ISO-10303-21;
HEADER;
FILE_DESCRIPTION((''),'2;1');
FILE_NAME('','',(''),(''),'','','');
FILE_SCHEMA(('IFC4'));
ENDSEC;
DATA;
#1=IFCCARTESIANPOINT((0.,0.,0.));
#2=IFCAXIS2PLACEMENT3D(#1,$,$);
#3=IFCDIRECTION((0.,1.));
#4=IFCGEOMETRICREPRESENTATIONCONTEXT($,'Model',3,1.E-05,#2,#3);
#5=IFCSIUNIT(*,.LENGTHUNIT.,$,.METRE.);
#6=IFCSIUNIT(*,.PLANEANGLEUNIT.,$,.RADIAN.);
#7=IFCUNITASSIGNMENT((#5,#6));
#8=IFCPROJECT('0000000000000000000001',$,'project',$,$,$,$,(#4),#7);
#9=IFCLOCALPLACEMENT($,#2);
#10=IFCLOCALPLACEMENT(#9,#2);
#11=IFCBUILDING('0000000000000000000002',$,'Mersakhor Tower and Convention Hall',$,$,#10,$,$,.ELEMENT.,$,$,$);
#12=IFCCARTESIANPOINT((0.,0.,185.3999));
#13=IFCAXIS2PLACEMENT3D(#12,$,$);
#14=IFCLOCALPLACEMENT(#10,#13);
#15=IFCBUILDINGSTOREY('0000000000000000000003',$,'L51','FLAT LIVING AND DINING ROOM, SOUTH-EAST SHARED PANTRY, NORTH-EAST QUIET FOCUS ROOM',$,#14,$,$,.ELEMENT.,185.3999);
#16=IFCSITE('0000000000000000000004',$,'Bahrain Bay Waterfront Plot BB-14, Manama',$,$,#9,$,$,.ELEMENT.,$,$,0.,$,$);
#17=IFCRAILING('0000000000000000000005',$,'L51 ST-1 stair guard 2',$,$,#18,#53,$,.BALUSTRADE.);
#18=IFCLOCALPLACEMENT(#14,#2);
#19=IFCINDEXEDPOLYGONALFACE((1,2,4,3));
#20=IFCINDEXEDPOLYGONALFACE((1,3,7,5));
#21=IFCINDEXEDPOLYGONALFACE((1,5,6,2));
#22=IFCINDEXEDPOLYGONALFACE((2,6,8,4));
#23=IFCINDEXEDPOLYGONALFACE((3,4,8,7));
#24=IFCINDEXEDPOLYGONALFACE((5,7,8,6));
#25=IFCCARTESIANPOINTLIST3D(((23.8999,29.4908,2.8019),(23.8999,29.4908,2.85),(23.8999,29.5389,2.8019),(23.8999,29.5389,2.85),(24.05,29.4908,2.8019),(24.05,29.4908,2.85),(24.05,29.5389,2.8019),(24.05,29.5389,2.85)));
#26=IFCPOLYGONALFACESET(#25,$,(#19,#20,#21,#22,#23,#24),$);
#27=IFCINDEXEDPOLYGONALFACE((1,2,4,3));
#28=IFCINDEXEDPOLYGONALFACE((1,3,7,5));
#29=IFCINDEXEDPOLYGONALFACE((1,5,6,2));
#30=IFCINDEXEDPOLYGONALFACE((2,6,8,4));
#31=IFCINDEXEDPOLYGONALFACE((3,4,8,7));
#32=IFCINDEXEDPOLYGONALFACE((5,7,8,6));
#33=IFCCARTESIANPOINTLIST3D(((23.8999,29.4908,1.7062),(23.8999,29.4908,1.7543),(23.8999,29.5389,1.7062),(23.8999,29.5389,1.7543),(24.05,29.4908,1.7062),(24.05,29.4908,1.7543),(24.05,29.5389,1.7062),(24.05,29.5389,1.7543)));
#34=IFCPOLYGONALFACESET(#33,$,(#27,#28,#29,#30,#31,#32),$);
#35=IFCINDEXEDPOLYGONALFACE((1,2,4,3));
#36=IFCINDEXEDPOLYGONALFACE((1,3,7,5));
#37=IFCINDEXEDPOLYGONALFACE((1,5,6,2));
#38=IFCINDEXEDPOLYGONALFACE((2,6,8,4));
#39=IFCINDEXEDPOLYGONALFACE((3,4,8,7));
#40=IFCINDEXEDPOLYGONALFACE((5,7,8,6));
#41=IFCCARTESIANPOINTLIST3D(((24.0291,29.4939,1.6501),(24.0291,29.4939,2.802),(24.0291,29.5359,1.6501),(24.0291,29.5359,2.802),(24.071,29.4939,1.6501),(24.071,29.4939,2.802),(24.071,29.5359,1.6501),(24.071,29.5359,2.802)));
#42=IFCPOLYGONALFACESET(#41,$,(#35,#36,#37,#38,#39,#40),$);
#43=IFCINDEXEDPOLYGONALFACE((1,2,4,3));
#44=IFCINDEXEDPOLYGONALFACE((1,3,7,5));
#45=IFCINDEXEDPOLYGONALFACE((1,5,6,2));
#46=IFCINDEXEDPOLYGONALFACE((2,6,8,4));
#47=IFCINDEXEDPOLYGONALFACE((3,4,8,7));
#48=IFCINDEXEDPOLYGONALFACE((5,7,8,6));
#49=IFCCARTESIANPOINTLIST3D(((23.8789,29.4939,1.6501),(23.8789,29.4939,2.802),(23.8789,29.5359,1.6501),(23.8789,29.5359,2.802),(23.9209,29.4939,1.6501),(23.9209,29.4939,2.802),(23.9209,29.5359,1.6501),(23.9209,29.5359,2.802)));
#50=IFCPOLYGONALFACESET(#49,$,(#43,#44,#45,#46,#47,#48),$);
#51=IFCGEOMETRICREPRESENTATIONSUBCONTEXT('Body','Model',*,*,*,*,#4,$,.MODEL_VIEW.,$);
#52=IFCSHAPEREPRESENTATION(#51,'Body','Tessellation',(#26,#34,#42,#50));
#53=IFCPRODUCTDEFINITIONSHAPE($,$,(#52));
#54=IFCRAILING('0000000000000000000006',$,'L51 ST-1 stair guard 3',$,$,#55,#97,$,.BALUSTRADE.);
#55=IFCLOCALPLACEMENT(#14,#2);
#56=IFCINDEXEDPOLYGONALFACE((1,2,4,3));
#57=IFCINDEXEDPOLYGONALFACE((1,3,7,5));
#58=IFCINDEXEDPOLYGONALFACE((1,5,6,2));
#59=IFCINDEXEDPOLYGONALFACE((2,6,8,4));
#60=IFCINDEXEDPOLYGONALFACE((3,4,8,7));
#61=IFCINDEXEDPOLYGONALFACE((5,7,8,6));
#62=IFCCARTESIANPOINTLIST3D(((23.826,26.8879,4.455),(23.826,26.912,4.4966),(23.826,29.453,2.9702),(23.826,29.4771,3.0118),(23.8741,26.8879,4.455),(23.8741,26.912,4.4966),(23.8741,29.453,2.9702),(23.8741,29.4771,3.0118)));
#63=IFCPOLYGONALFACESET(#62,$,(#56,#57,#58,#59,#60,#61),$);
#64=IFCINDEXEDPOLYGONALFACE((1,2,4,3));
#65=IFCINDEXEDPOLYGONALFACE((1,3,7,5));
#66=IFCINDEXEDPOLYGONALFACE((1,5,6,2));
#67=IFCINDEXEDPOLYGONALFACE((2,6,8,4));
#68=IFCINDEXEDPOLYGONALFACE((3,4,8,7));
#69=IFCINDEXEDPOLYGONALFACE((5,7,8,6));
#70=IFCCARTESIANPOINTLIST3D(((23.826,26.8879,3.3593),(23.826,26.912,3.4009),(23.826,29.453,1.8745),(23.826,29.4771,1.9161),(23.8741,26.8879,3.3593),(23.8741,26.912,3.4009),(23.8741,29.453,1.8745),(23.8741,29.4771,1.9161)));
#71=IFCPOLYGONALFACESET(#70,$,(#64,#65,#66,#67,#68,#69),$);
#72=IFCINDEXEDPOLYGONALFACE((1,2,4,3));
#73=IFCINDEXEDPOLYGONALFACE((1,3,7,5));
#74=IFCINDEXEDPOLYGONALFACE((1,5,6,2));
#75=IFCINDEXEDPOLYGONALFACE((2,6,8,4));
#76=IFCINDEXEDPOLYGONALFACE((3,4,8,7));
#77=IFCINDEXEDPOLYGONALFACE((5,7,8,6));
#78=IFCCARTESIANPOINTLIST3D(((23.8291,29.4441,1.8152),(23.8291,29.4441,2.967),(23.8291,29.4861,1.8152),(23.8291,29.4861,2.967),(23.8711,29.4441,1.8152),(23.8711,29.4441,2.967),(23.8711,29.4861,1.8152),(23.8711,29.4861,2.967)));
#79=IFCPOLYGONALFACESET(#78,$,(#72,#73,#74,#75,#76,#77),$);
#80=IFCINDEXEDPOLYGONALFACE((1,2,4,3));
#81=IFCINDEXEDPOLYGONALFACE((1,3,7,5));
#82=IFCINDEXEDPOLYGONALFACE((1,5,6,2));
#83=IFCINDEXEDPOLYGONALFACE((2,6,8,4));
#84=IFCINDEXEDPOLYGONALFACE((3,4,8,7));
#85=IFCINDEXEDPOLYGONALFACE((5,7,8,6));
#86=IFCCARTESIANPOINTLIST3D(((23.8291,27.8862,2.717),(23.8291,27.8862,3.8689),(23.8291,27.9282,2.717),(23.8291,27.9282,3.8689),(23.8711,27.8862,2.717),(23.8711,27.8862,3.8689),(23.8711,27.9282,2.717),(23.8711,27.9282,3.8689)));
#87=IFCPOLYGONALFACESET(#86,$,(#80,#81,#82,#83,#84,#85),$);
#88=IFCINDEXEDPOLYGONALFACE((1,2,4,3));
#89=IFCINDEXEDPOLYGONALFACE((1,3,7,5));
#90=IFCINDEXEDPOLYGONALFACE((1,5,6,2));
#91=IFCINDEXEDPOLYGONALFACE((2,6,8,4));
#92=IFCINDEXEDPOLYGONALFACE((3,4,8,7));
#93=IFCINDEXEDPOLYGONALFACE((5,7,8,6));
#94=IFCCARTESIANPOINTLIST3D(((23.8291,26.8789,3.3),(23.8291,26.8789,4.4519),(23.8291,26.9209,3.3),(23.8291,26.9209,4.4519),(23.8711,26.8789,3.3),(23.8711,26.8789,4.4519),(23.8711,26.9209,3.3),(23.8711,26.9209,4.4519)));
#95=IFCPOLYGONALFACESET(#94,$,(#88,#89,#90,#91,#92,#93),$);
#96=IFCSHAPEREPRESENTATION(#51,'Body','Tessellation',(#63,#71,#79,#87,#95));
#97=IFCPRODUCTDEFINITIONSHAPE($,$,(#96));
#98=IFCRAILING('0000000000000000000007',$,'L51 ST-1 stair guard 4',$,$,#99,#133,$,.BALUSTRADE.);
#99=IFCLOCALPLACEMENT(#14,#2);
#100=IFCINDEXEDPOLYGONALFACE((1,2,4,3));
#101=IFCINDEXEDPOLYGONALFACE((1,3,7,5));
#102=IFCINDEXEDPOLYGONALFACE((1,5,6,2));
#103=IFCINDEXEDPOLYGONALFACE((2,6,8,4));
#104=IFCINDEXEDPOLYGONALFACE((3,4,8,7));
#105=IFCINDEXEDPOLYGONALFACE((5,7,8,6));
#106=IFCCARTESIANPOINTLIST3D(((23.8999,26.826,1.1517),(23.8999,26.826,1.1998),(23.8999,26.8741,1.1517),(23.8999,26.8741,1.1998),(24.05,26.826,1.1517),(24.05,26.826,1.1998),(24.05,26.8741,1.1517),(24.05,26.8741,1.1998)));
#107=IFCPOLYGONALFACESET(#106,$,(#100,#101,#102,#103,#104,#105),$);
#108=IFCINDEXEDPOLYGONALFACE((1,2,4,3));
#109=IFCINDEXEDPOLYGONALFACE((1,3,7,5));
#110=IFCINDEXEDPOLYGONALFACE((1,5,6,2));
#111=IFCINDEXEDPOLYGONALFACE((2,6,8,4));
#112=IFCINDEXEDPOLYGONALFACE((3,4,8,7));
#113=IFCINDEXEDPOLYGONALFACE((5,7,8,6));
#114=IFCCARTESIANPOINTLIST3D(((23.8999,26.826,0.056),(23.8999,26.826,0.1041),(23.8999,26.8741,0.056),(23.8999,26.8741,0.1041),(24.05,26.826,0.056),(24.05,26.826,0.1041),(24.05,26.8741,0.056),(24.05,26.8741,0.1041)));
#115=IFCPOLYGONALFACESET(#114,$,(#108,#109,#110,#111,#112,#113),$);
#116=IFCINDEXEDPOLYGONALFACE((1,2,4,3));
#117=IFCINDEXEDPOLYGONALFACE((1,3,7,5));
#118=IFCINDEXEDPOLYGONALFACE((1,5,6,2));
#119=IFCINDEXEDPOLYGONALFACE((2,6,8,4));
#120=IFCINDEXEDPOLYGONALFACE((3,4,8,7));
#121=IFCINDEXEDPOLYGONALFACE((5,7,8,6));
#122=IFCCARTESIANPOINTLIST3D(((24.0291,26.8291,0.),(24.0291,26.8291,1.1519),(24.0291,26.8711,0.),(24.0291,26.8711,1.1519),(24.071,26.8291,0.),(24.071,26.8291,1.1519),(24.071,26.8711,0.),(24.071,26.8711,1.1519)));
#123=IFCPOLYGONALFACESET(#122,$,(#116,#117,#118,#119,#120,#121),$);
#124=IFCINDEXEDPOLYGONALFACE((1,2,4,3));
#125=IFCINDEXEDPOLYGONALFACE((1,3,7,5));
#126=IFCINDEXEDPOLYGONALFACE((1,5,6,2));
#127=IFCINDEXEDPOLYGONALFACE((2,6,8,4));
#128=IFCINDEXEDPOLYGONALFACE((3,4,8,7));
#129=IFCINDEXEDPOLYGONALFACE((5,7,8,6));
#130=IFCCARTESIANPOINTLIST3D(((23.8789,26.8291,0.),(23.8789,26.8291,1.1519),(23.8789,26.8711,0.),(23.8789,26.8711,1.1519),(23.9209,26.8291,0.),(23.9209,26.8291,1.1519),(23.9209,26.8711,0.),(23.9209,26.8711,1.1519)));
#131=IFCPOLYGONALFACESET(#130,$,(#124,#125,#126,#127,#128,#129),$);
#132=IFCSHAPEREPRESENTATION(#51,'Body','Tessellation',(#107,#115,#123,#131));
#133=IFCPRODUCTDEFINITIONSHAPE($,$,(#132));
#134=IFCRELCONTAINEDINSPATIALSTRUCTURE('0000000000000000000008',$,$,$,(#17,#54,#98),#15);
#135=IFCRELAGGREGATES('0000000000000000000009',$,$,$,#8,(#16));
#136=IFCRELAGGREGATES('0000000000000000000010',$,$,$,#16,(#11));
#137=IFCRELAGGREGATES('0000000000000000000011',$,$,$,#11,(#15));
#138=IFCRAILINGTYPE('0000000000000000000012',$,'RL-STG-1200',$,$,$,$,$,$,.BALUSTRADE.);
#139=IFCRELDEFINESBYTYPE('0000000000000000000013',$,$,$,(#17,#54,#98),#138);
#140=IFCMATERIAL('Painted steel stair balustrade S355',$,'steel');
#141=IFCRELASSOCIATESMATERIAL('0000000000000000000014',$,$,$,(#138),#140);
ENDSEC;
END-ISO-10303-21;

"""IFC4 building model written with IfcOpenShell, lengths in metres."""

from ifc_helpers import new_model, si_unit, direction, frame, origin, origin_2d, place, context, subcontext, project, spatial, rectangle, extrude, material, type_object, element, save


model = new_model("IFC4")

# Units and contexts
model_context = context("Model", 3, precision=1e-05, world=origin(), true_north=direction((0.0, 1.0)))
body_context = subcontext(model_context, "Body", "Model", "MODEL_VIEW")
ifc_project = project(units=[si_unit("LENGTHUNIT", "METRE"), si_unit("PLANEANGLEUNIT", "RADIAN")], contexts=[model_context])

# Site, building, storey
site_placement = place(None, origin())
site = spatial("IfcSite", under=ifc_project, at=site_placement, Name="Bahrain Bay Waterfront Plot BB-14, Manama", CompositionType="ELEMENT", RefElevation=0.0)
building_placement = place(site_placement, origin())
building = spatial("IfcBuilding", under=site, at=building_placement, Name="Mersakhor Tower and Convention Hall", CompositionType="ELEMENT")
storey_placement = place(building_placement, frame((0.0, 0.0, 185.3999)))
storey = spatial("IfcBuildingStorey", under=building, at=storey_placement, Name="L51", Description="FLAT LIVING AND DINING ROOM, SOUTH-EAST SHARED PANTRY, NORTH-EAST QUIET FOCUS ROOM", CompositionType="ELEMENT", Elevation=185.3999)

# Railings
ifc_material_1 = material(Name="Painted steel stair balustrade S355", Category="steel")
railing_type_1 = type_object("IfcRailingType", Name="RL-STG-1200", PredefinedType="BALUSTRADE", material=ifc_material_1)
railing_1_placement = place(storey_placement, frame((24.05, 29.5149, 1.6501)))
element("IfcRailing", 1, at=railing_1_placement, inside=storey, type_object=railing_type_1, Name="L51 ST-1 stair guard 2", PredefinedType="BALUSTRADE", context=body_context, shape_type="SweptSolid", body=[
    extrude(rectangle(XDim=0.0481, YDim=0.0481, at=origin_2d()), frame((0.0, 0.0, 1.1758), z_axis=(-1.0, 0.0, 0.0), x_axis=(0.0, -1.0, 0.0)), (0.0, 0.0, 1.0), 0.1501),
    extrude(rectangle(XDim=0.0481, YDim=0.0481, at=origin_2d()), frame((0.0, 0.0, 0.0801), z_axis=(-1.0, 0.0, 0.0), x_axis=(0.0, -1.0, 0.0)), (0.0, 0.0, 1.0), 0.1501),
    extrude(rectangle(XDim=0.042, YDim=0.042, at=origin_2d()), origin(), (0.0, 0.0, 1.0), 1.1519),
    extrude(rectangle(XDim=0.042, YDim=0.042, at=origin_2d()), frame((-0.1501, 0.0, 0.0)), (0.0, 0.0, 1.0), 1.1519),
])
railing_2_placement = place(storey_placement, frame((23.8501, 29.4651, 1.8152)))
element("IfcRailing", 2, at=railing_2_placement, inside=storey, type_object=railing_type_1, Name="L51 ST-1 stair guard 3", PredefinedType="BALUSTRADE", context=body_context, shape_type="SweptSolid", body=[
    extrude(rectangle(XDim=0.0481, YDim=0.0481, at=origin_2d()), frame((0.0, 0.0, 1.1758), z_axis=(0.0, -0.865462, 0.500975), x_axis=(1.0, 0.0, 0.0)), (0.0, 0.0, 1.0), 2.9639),
    extrude(rectangle(XDim=0.0481, YDim=0.0481, at=origin_2d()), frame((0.0, 0.0, 0.0801), z_axis=(0.0, -0.865462, 0.500975), x_axis=(1.0, 0.0, 0.0)), (0.0, 0.0, 1.0), 2.9639),
    extrude(rectangle(XDim=0.042, YDim=0.042, at=origin_2d()), origin(), (0.0, 0.0, 1.0), 1.1519),
    extrude(rectangle(XDim=0.042, YDim=0.042, at=origin_2d()), frame((0.0, -1.5579, 0.9019)), (0.0, 0.0, 1.0), 1.1519),
    extrude(rectangle(XDim=0.042, YDim=0.042, at=origin_2d()), frame((0.0, -2.5652, 1.4849)), (0.0, 0.0, 1.0), 1.1519),
])
railing_3_placement = place(storey_placement, frame((24.05, 26.8501, 0.0)))
element("IfcRailing", 3, at=railing_3_placement, inside=storey, type_object=railing_type_1, Name="L51 ST-1 stair guard 4", PredefinedType="BALUSTRADE", context=body_context, shape_type="SweptSolid", body=[
    extrude(rectangle(XDim=0.0481, YDim=0.0481, at=origin_2d()), frame((0.0, 0.0, 1.1758), z_axis=(-1.0, 0.0, 0.0), x_axis=(0.0, -1.0, 0.0)), (0.0, 0.0, 1.0), 0.1501),
    extrude(rectangle(XDim=0.0481, YDim=0.0481, at=origin_2d()), frame((0.0, 0.0, 0.0801), z_axis=(-1.0, 0.0, 0.0), x_axis=(0.0, -1.0, 0.0)), (0.0, 0.0, 1.0), 0.1501),
    extrude(rectangle(XDim=0.042, YDim=0.042, at=origin_2d()), origin(), (0.0, 0.0, 1.0), 1.1519),
    extrude(rectangle(XDim=0.042, YDim=0.042, at=origin_2d()), frame((-0.1501, 0.0, 0.0)), (0.0, 0.0, 1.0), 1.1519),
])

save(model, "model.ifc")
